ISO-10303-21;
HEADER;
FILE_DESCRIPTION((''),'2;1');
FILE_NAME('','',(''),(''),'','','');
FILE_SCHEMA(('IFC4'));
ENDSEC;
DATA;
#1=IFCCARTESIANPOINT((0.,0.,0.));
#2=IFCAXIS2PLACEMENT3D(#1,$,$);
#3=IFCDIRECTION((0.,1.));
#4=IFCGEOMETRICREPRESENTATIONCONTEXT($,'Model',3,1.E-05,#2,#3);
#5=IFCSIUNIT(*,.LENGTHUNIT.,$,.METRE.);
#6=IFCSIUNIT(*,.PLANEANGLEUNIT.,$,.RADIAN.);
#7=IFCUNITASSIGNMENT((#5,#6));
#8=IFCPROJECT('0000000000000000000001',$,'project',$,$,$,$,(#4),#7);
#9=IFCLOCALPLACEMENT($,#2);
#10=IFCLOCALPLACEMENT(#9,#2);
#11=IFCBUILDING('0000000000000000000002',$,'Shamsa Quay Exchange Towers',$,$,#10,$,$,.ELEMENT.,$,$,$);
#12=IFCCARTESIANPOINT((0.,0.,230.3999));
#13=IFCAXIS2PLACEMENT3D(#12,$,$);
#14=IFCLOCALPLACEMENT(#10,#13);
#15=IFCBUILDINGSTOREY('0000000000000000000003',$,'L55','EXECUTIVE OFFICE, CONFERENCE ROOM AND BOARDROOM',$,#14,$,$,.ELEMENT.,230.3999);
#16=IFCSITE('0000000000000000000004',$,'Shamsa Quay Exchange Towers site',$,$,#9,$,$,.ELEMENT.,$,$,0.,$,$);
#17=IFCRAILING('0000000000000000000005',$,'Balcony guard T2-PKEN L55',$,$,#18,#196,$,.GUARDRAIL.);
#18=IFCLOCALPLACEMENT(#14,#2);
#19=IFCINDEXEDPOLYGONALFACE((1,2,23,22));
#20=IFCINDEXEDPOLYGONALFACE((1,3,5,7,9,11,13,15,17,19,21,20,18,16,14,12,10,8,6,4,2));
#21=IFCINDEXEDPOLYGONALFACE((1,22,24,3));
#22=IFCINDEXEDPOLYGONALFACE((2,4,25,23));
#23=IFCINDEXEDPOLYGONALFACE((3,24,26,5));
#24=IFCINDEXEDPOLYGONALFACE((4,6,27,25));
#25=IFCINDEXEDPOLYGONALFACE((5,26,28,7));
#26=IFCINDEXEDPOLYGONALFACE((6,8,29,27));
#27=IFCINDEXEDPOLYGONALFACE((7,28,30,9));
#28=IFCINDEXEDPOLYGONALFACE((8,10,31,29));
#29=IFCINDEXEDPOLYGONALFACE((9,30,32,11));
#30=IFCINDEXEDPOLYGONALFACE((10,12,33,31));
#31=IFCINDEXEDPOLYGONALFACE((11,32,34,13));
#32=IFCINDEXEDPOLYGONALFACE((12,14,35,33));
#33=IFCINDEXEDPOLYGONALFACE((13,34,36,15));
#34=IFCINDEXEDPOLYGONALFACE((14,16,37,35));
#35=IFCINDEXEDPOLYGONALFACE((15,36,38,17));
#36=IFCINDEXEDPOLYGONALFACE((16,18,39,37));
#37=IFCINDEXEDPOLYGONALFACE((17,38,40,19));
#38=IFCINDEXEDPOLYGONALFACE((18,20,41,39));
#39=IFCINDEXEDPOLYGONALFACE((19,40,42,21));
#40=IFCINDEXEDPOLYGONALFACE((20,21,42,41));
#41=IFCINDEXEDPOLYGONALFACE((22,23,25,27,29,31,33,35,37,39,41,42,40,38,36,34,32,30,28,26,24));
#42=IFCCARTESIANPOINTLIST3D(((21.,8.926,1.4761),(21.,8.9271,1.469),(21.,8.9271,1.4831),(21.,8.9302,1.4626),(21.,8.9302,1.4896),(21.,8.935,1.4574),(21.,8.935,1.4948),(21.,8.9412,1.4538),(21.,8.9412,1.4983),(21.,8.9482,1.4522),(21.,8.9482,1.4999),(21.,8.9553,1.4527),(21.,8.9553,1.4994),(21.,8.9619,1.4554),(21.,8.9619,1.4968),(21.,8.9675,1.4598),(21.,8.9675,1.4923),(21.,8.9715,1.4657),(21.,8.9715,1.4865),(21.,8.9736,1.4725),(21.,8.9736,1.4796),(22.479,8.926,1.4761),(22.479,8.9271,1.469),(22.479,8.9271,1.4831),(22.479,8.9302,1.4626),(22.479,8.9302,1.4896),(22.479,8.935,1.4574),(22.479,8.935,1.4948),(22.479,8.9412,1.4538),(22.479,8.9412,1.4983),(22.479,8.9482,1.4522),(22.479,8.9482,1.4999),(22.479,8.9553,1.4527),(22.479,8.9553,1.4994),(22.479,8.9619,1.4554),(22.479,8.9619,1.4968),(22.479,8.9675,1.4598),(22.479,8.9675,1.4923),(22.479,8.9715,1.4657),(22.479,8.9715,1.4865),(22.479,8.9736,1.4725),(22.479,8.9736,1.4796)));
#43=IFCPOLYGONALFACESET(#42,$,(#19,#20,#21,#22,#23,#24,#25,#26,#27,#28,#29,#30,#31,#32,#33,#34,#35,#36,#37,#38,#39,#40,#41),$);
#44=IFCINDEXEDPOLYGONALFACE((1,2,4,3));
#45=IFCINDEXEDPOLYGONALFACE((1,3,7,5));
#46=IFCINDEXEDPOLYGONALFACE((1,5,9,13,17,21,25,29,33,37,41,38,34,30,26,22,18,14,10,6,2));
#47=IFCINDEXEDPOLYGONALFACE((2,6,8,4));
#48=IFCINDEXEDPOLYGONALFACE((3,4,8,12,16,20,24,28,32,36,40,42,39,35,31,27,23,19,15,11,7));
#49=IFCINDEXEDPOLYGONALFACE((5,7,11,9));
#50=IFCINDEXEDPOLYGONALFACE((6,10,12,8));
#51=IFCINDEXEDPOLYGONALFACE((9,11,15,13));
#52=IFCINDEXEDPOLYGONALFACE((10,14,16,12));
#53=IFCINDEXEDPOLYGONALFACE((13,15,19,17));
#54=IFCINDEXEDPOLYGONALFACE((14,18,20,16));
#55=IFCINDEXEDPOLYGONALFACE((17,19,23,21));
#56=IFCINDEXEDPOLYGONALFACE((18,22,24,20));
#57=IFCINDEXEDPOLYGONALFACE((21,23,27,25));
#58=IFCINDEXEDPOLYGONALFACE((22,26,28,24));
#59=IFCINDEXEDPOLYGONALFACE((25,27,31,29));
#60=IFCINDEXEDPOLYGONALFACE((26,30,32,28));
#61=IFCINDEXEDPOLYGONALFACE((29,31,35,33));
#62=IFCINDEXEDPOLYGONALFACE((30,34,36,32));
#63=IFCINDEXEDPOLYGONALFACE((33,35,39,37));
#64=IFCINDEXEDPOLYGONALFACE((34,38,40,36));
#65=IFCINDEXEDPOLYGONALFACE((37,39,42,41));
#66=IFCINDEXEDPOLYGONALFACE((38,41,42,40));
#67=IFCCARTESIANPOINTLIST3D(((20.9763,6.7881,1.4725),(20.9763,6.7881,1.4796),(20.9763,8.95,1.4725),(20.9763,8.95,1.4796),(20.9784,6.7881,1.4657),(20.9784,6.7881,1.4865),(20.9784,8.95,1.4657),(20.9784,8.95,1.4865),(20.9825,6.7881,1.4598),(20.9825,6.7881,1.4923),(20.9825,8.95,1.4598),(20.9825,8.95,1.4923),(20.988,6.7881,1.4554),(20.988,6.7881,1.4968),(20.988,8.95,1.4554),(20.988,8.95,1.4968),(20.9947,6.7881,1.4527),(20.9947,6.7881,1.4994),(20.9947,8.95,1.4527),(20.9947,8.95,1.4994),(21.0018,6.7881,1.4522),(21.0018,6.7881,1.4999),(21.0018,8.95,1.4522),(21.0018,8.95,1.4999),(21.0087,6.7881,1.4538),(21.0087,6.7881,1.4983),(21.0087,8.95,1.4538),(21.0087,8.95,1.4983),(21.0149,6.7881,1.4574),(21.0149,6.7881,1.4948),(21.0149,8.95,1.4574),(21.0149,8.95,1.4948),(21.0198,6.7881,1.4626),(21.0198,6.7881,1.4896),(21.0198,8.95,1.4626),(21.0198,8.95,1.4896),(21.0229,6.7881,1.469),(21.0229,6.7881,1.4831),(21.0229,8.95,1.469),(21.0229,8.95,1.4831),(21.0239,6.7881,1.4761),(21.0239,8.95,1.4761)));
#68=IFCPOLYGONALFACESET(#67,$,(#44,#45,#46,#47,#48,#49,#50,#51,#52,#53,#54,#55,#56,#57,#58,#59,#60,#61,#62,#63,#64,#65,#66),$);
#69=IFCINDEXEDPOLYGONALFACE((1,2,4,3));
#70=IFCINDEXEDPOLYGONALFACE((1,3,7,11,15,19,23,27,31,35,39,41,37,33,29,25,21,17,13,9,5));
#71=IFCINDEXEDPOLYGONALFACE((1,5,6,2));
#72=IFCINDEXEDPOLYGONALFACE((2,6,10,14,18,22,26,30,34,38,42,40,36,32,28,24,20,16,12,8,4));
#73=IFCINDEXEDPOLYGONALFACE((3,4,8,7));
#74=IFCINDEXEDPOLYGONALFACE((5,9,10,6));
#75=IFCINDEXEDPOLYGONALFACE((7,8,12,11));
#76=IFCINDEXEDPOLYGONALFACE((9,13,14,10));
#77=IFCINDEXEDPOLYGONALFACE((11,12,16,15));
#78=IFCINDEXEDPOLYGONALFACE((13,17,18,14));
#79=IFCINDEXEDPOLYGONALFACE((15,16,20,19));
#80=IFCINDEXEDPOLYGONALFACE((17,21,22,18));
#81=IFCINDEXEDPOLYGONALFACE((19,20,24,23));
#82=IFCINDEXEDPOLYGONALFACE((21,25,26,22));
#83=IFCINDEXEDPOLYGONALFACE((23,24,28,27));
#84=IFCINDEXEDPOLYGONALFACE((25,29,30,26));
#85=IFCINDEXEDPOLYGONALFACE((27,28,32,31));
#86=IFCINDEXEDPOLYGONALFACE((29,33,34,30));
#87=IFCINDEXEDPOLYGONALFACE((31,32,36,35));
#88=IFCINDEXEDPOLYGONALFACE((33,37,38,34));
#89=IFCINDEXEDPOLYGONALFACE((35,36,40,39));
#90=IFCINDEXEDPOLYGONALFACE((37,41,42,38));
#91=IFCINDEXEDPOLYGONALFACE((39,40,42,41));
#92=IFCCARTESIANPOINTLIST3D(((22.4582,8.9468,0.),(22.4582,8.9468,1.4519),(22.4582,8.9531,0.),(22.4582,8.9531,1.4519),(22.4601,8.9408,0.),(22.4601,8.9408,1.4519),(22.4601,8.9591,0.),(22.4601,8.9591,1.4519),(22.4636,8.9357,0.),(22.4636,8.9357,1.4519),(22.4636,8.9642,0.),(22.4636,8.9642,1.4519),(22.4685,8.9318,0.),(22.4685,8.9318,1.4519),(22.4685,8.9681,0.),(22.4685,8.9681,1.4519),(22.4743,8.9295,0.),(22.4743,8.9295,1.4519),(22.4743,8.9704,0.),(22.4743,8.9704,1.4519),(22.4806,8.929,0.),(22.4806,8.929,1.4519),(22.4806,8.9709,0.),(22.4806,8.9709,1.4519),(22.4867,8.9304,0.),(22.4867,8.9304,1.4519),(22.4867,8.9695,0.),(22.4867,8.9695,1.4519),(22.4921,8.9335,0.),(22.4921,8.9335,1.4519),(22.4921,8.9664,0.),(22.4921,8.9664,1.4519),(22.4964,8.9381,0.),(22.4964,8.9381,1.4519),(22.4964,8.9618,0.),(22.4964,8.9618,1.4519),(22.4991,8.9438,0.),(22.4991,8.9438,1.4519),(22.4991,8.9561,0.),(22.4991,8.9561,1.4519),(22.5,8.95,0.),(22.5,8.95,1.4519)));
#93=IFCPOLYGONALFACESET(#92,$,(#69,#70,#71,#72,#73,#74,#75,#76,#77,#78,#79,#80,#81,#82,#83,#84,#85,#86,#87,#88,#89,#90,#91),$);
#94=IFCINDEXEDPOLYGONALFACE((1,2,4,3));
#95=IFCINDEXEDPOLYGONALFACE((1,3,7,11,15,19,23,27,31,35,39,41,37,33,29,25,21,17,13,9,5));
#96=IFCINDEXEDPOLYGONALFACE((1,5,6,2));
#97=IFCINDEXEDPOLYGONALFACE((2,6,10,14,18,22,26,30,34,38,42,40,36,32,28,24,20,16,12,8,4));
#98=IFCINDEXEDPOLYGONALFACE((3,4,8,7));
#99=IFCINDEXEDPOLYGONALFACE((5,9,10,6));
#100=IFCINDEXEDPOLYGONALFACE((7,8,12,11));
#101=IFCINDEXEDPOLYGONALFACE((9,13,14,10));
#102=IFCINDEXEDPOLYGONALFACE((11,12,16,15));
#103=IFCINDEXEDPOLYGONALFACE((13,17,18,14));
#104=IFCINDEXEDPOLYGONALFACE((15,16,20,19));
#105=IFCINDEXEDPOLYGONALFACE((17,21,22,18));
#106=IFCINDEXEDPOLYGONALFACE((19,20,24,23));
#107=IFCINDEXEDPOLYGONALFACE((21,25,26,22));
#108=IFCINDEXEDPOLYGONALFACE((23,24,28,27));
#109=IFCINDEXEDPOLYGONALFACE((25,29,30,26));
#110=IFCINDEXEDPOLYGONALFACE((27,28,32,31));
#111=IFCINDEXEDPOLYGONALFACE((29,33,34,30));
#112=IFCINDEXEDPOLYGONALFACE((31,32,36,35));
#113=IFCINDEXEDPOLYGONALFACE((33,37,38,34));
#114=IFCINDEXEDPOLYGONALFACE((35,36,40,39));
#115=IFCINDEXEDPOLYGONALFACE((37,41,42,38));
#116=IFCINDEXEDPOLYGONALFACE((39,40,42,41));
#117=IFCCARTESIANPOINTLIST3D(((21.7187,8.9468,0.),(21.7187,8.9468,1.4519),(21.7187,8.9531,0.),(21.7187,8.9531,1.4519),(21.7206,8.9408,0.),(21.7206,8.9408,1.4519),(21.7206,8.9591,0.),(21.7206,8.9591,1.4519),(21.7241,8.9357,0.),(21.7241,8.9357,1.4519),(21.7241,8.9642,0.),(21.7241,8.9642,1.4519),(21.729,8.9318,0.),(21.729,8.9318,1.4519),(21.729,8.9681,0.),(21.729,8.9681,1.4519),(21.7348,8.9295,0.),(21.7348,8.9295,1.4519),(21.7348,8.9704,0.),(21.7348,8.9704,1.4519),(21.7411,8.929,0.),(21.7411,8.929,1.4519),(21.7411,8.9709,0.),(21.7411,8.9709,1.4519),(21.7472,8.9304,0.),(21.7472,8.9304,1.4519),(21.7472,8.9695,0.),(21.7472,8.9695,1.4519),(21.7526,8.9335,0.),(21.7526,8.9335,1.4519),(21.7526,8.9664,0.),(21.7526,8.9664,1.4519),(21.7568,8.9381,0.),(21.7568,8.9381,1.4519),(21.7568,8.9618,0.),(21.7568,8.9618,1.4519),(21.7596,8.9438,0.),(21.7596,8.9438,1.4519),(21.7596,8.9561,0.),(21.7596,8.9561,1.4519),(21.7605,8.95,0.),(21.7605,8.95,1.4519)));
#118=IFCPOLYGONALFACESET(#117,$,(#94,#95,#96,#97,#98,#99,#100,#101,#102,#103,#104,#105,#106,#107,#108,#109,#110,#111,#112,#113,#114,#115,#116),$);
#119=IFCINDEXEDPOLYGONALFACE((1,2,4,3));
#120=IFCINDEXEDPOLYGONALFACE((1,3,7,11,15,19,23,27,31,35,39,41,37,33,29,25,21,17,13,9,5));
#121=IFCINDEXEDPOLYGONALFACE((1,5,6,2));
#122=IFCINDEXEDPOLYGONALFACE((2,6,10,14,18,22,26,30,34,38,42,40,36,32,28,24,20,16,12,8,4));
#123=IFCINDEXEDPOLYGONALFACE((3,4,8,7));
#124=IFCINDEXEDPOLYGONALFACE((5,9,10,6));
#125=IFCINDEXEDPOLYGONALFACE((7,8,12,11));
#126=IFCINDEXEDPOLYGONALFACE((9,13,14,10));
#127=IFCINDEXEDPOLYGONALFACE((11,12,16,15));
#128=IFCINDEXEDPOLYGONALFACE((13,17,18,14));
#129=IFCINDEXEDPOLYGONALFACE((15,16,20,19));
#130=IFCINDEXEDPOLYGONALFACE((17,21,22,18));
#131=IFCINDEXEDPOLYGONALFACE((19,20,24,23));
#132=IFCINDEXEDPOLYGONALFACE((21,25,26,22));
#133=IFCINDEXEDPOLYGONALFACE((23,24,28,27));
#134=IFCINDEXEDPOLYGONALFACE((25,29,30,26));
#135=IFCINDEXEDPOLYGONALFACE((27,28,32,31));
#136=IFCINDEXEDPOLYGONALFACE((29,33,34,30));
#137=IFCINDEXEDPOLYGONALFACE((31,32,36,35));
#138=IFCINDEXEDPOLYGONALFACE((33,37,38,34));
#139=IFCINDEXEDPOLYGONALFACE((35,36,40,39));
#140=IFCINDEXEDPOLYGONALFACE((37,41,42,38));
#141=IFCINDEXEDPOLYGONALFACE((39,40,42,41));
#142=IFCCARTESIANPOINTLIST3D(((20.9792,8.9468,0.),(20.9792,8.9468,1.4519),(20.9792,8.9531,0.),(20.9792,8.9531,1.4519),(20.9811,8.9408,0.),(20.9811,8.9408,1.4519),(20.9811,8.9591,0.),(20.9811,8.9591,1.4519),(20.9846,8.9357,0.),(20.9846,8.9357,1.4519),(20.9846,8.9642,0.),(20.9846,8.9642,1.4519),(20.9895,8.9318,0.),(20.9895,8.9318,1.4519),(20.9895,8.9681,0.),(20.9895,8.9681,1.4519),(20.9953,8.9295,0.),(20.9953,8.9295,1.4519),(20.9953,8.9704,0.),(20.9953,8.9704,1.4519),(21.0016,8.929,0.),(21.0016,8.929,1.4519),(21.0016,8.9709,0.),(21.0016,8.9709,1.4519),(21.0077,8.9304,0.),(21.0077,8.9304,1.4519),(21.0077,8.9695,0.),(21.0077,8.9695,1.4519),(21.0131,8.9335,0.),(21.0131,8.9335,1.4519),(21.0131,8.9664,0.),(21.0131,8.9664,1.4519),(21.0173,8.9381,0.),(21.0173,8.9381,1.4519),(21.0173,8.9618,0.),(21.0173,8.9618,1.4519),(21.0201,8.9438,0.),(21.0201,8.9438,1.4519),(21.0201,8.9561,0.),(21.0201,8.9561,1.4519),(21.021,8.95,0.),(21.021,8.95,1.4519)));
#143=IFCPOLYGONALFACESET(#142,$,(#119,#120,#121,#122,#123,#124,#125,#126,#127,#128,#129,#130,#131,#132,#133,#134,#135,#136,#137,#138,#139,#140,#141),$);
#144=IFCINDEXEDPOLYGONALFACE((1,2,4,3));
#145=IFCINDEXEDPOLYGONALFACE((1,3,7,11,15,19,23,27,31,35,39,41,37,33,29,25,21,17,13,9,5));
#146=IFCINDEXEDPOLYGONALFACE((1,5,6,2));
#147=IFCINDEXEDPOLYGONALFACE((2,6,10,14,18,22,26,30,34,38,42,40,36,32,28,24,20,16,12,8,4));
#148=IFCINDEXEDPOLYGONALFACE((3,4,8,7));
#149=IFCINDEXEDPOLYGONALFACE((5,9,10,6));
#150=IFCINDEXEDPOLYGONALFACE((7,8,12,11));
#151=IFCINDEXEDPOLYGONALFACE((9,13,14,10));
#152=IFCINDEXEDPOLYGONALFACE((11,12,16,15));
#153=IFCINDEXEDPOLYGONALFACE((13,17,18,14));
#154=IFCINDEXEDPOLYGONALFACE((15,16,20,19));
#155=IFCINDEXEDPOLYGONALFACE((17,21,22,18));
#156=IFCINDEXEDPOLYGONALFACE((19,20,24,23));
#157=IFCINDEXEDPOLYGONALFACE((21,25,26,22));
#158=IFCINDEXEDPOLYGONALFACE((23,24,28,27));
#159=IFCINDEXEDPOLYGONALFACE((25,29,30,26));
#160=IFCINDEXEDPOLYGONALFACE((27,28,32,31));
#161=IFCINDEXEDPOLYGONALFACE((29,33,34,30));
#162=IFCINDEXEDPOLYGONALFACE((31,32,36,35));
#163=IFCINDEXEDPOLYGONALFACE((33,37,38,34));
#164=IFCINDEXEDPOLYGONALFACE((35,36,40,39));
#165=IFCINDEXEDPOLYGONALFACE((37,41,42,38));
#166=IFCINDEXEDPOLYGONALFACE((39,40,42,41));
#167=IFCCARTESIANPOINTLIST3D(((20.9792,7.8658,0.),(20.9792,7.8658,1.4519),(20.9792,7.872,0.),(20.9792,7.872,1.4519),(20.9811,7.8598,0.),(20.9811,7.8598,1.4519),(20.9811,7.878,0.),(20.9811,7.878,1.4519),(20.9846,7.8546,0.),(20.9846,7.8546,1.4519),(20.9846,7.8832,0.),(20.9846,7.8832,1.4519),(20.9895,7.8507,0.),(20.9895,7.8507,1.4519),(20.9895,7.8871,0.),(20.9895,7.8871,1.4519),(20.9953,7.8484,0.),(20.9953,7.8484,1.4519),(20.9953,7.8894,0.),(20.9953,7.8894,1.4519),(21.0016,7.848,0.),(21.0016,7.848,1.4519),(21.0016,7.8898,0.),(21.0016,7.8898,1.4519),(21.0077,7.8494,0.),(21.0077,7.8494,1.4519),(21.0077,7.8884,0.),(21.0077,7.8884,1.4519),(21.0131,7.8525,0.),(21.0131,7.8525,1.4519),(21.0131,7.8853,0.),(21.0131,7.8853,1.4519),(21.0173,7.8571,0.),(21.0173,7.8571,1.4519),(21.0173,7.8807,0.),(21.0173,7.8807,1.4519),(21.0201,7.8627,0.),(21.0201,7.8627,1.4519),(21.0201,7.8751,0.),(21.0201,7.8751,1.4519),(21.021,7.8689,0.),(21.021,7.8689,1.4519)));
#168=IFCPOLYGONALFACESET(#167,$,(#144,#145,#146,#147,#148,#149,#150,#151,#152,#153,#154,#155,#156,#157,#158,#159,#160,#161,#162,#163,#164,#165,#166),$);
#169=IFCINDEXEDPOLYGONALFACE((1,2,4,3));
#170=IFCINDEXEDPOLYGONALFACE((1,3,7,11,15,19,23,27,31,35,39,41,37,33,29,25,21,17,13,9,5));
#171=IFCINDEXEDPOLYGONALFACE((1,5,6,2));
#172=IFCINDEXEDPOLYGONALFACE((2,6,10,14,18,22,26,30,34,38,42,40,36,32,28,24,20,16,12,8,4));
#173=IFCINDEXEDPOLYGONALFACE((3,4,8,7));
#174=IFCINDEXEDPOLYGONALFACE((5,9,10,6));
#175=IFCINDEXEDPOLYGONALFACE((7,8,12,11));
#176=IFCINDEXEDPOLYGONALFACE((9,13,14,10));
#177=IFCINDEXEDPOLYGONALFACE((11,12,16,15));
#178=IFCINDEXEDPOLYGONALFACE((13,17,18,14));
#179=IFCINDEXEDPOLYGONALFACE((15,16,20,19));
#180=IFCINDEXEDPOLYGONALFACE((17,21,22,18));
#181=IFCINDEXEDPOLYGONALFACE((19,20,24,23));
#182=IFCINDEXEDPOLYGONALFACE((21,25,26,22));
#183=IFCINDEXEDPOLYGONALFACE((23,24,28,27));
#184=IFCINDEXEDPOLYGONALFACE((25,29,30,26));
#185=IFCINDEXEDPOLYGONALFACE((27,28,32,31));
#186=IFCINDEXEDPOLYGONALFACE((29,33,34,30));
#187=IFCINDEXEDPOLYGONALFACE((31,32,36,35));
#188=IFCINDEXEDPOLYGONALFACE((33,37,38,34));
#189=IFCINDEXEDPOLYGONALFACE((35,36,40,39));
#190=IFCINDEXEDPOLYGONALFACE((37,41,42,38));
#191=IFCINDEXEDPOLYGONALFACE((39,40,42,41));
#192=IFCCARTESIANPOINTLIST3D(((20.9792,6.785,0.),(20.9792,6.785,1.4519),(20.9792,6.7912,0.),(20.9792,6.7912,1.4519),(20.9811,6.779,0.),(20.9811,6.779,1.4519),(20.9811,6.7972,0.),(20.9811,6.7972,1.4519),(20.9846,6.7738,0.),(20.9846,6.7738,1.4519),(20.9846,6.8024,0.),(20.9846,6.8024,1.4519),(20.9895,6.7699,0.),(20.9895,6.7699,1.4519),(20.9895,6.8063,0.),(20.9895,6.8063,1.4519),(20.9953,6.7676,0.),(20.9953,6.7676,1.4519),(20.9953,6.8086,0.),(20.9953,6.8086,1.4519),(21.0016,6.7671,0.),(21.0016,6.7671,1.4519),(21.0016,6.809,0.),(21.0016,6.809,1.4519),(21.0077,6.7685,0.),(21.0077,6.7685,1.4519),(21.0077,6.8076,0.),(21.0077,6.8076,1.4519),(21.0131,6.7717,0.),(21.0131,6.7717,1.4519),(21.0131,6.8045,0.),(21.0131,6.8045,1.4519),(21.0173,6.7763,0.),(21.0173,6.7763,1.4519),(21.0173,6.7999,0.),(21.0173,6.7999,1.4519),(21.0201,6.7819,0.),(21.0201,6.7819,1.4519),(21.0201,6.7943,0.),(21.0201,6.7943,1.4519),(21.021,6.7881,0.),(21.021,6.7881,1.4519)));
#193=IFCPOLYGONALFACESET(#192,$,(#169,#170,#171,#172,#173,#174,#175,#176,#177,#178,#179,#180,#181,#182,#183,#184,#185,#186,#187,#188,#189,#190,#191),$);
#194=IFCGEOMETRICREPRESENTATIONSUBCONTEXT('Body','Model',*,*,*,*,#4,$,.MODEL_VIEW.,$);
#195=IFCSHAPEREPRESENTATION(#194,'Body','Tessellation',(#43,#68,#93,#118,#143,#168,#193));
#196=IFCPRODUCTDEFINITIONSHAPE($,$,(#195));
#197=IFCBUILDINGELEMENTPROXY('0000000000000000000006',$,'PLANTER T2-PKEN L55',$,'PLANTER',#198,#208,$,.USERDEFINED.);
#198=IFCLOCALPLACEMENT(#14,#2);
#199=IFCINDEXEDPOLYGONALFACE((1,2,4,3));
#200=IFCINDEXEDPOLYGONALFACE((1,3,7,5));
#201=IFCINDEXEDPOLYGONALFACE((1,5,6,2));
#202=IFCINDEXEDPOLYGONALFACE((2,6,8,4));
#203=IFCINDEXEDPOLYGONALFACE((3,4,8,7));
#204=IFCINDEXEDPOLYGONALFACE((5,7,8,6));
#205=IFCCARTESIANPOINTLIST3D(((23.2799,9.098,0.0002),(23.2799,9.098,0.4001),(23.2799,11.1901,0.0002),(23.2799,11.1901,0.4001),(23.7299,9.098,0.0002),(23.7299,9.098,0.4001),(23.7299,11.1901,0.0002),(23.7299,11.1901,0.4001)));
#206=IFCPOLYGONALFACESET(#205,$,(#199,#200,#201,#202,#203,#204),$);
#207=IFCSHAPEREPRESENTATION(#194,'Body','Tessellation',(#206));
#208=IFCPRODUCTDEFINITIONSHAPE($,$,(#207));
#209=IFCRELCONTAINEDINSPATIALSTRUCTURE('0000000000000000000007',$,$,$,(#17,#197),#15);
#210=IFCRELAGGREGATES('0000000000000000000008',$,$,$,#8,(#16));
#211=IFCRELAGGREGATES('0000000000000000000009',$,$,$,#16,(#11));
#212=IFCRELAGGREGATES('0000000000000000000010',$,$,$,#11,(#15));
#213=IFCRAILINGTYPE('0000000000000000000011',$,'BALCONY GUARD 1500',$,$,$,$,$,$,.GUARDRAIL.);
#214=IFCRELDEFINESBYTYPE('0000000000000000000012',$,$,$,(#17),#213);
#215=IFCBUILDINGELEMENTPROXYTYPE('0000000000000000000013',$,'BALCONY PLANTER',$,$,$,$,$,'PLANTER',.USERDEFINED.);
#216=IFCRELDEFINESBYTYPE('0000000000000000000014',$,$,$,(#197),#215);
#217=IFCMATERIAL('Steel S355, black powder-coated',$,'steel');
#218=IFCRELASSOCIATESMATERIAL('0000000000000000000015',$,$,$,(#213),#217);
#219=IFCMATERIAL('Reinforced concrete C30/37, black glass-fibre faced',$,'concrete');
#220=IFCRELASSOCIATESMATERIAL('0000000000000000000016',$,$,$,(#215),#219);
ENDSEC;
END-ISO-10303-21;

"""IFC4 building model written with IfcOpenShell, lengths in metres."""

from ifc_helpers import new_model, si_unit, direction, frame, origin, origin_2d, place, context, subcontext, project, spatial, rectangle, circle, extrude, material, type_object, element, save


model = new_model("IFC4")

# Units and contexts
model_context = context("Model", 3, precision=1e-05, world=origin(), true_north=direction((0.0, 1.0)))
body_context = subcontext(model_context, "Body", "Model", "MODEL_VIEW")
ifc_project = project(units=[si_unit("LENGTHUNIT", "METRE"), si_unit("PLANEANGLEUNIT", "RADIAN")], contexts=[model_context])

# Site, building, storey
site_placement = place(None, origin())
site = spatial("IfcSite", under=ifc_project, at=site_placement, Name="Shamsa Quay Exchange Towers site", CompositionType="ELEMENT", RefElevation=0.0)
building_placement = place(site_placement, origin())
building = spatial("IfcBuilding", under=site, at=building_placement, Name="Shamsa Quay Exchange Towers", CompositionType="ELEMENT")
storey_placement = place(building_placement, frame((0.0, 0.0, 230.3999)))
storey = spatial("IfcBuildingStorey", under=building, at=storey_placement, Name="L55", Description="EXECUTIVE OFFICE, CONFERENCE ROOM AND BOARDROOM", CompositionType="ELEMENT", Elevation=230.3999)

# Railing
ifc_material_1 = material(Name="Steel S355, black powder-coated", Category="steel")
railing_type = type_object("IfcRailingType", Name="BALCONY GUARD 1500", PredefinedType="GUARDRAIL", material=ifc_material_1)
for number, where, name in (
    (1, (22.479, 8.95, 0.0), "Balcony guard T2-PKEN L55"),
):
    element("IfcRailing", number, at=place(storey_placement, frame(where)), inside=storey, type_object=railing_type, Name=name, PredefinedType="GUARDRAIL", context=body_context, shape_type="SweptSolid", body=[
        extrude(circle(Radius=0.0239, at=origin_2d()), frame((0.0, 0.0, 1.4761), z_axis=(-1.0, 0.0, 0.0), x_axis=(0.0, -1.0, 0.0)), (0.0, 0.0, 1.0), 1.479),
        extrude(circle(Radius=0.0239, at=origin_2d()), frame((-1.479, 0.0, 1.4761), z_axis=(0.0, -1.0, 0.0), x_axis=(1.0, 0.0, 0.0)), (0.0, 0.0, 1.0), 2.1619),
        extrude(circle(Radius=0.021, at=origin_2d()), origin(), (0.0, 0.0, 1.0), 1.4519),
        extrude(circle(Radius=0.021, at=origin_2d()), frame((-0.7395, 0.0, 0.0)), (0.0, 0.0, 1.0), 1.4519),
        extrude(circle(Radius=0.021, at=origin_2d()), frame((-1.479, 0.0, 0.0)), (0.0, 0.0, 1.0), 1.4519),
        extrude(circle(Radius=0.021, at=origin_2d()), frame((-1.479, -1.0811, 0.0)), (0.0, 0.0, 1.0), 1.4519),
        extrude(circle(Radius=0.021, at=origin_2d()), frame((-1.479, -2.1619, 0.0)), (0.0, 0.0, 1.0), 1.4519),
    ])

# Building element proxy
ifc_material_2 = material(Name="Reinforced concrete C30/37, black glass-fibre faced", Category="concrete")
building_element_proxy_type = type_object("IfcBuildingElementProxyType", Name="BALCONY PLANTER", ElementType="PLANTER", PredefinedType="USERDEFINED", material=ifc_material_2)
proxy_placement = place(storey_placement, frame((23.5049, 10.144, 0.0002), z_axis=(0.0, 0.0, 1.0), x_axis=(0.0, -1.0, 0.0)))
element("IfcBuildingElementProxy", 2, at=proxy_placement, inside=storey, type_object=building_element_proxy_type, Name="PLANTER T2-PKEN L55", ObjectType="PLANTER", PredefinedType="USERDEFINED", context=body_context, shape_type="SweptSolid", body=[
    extrude(rectangle(XDim=2.092, YDim=0.45, at=origin_2d()), origin(), (0.0, 0.0, 1.0), 0.3999),
])

save(model, "model.ifc")
